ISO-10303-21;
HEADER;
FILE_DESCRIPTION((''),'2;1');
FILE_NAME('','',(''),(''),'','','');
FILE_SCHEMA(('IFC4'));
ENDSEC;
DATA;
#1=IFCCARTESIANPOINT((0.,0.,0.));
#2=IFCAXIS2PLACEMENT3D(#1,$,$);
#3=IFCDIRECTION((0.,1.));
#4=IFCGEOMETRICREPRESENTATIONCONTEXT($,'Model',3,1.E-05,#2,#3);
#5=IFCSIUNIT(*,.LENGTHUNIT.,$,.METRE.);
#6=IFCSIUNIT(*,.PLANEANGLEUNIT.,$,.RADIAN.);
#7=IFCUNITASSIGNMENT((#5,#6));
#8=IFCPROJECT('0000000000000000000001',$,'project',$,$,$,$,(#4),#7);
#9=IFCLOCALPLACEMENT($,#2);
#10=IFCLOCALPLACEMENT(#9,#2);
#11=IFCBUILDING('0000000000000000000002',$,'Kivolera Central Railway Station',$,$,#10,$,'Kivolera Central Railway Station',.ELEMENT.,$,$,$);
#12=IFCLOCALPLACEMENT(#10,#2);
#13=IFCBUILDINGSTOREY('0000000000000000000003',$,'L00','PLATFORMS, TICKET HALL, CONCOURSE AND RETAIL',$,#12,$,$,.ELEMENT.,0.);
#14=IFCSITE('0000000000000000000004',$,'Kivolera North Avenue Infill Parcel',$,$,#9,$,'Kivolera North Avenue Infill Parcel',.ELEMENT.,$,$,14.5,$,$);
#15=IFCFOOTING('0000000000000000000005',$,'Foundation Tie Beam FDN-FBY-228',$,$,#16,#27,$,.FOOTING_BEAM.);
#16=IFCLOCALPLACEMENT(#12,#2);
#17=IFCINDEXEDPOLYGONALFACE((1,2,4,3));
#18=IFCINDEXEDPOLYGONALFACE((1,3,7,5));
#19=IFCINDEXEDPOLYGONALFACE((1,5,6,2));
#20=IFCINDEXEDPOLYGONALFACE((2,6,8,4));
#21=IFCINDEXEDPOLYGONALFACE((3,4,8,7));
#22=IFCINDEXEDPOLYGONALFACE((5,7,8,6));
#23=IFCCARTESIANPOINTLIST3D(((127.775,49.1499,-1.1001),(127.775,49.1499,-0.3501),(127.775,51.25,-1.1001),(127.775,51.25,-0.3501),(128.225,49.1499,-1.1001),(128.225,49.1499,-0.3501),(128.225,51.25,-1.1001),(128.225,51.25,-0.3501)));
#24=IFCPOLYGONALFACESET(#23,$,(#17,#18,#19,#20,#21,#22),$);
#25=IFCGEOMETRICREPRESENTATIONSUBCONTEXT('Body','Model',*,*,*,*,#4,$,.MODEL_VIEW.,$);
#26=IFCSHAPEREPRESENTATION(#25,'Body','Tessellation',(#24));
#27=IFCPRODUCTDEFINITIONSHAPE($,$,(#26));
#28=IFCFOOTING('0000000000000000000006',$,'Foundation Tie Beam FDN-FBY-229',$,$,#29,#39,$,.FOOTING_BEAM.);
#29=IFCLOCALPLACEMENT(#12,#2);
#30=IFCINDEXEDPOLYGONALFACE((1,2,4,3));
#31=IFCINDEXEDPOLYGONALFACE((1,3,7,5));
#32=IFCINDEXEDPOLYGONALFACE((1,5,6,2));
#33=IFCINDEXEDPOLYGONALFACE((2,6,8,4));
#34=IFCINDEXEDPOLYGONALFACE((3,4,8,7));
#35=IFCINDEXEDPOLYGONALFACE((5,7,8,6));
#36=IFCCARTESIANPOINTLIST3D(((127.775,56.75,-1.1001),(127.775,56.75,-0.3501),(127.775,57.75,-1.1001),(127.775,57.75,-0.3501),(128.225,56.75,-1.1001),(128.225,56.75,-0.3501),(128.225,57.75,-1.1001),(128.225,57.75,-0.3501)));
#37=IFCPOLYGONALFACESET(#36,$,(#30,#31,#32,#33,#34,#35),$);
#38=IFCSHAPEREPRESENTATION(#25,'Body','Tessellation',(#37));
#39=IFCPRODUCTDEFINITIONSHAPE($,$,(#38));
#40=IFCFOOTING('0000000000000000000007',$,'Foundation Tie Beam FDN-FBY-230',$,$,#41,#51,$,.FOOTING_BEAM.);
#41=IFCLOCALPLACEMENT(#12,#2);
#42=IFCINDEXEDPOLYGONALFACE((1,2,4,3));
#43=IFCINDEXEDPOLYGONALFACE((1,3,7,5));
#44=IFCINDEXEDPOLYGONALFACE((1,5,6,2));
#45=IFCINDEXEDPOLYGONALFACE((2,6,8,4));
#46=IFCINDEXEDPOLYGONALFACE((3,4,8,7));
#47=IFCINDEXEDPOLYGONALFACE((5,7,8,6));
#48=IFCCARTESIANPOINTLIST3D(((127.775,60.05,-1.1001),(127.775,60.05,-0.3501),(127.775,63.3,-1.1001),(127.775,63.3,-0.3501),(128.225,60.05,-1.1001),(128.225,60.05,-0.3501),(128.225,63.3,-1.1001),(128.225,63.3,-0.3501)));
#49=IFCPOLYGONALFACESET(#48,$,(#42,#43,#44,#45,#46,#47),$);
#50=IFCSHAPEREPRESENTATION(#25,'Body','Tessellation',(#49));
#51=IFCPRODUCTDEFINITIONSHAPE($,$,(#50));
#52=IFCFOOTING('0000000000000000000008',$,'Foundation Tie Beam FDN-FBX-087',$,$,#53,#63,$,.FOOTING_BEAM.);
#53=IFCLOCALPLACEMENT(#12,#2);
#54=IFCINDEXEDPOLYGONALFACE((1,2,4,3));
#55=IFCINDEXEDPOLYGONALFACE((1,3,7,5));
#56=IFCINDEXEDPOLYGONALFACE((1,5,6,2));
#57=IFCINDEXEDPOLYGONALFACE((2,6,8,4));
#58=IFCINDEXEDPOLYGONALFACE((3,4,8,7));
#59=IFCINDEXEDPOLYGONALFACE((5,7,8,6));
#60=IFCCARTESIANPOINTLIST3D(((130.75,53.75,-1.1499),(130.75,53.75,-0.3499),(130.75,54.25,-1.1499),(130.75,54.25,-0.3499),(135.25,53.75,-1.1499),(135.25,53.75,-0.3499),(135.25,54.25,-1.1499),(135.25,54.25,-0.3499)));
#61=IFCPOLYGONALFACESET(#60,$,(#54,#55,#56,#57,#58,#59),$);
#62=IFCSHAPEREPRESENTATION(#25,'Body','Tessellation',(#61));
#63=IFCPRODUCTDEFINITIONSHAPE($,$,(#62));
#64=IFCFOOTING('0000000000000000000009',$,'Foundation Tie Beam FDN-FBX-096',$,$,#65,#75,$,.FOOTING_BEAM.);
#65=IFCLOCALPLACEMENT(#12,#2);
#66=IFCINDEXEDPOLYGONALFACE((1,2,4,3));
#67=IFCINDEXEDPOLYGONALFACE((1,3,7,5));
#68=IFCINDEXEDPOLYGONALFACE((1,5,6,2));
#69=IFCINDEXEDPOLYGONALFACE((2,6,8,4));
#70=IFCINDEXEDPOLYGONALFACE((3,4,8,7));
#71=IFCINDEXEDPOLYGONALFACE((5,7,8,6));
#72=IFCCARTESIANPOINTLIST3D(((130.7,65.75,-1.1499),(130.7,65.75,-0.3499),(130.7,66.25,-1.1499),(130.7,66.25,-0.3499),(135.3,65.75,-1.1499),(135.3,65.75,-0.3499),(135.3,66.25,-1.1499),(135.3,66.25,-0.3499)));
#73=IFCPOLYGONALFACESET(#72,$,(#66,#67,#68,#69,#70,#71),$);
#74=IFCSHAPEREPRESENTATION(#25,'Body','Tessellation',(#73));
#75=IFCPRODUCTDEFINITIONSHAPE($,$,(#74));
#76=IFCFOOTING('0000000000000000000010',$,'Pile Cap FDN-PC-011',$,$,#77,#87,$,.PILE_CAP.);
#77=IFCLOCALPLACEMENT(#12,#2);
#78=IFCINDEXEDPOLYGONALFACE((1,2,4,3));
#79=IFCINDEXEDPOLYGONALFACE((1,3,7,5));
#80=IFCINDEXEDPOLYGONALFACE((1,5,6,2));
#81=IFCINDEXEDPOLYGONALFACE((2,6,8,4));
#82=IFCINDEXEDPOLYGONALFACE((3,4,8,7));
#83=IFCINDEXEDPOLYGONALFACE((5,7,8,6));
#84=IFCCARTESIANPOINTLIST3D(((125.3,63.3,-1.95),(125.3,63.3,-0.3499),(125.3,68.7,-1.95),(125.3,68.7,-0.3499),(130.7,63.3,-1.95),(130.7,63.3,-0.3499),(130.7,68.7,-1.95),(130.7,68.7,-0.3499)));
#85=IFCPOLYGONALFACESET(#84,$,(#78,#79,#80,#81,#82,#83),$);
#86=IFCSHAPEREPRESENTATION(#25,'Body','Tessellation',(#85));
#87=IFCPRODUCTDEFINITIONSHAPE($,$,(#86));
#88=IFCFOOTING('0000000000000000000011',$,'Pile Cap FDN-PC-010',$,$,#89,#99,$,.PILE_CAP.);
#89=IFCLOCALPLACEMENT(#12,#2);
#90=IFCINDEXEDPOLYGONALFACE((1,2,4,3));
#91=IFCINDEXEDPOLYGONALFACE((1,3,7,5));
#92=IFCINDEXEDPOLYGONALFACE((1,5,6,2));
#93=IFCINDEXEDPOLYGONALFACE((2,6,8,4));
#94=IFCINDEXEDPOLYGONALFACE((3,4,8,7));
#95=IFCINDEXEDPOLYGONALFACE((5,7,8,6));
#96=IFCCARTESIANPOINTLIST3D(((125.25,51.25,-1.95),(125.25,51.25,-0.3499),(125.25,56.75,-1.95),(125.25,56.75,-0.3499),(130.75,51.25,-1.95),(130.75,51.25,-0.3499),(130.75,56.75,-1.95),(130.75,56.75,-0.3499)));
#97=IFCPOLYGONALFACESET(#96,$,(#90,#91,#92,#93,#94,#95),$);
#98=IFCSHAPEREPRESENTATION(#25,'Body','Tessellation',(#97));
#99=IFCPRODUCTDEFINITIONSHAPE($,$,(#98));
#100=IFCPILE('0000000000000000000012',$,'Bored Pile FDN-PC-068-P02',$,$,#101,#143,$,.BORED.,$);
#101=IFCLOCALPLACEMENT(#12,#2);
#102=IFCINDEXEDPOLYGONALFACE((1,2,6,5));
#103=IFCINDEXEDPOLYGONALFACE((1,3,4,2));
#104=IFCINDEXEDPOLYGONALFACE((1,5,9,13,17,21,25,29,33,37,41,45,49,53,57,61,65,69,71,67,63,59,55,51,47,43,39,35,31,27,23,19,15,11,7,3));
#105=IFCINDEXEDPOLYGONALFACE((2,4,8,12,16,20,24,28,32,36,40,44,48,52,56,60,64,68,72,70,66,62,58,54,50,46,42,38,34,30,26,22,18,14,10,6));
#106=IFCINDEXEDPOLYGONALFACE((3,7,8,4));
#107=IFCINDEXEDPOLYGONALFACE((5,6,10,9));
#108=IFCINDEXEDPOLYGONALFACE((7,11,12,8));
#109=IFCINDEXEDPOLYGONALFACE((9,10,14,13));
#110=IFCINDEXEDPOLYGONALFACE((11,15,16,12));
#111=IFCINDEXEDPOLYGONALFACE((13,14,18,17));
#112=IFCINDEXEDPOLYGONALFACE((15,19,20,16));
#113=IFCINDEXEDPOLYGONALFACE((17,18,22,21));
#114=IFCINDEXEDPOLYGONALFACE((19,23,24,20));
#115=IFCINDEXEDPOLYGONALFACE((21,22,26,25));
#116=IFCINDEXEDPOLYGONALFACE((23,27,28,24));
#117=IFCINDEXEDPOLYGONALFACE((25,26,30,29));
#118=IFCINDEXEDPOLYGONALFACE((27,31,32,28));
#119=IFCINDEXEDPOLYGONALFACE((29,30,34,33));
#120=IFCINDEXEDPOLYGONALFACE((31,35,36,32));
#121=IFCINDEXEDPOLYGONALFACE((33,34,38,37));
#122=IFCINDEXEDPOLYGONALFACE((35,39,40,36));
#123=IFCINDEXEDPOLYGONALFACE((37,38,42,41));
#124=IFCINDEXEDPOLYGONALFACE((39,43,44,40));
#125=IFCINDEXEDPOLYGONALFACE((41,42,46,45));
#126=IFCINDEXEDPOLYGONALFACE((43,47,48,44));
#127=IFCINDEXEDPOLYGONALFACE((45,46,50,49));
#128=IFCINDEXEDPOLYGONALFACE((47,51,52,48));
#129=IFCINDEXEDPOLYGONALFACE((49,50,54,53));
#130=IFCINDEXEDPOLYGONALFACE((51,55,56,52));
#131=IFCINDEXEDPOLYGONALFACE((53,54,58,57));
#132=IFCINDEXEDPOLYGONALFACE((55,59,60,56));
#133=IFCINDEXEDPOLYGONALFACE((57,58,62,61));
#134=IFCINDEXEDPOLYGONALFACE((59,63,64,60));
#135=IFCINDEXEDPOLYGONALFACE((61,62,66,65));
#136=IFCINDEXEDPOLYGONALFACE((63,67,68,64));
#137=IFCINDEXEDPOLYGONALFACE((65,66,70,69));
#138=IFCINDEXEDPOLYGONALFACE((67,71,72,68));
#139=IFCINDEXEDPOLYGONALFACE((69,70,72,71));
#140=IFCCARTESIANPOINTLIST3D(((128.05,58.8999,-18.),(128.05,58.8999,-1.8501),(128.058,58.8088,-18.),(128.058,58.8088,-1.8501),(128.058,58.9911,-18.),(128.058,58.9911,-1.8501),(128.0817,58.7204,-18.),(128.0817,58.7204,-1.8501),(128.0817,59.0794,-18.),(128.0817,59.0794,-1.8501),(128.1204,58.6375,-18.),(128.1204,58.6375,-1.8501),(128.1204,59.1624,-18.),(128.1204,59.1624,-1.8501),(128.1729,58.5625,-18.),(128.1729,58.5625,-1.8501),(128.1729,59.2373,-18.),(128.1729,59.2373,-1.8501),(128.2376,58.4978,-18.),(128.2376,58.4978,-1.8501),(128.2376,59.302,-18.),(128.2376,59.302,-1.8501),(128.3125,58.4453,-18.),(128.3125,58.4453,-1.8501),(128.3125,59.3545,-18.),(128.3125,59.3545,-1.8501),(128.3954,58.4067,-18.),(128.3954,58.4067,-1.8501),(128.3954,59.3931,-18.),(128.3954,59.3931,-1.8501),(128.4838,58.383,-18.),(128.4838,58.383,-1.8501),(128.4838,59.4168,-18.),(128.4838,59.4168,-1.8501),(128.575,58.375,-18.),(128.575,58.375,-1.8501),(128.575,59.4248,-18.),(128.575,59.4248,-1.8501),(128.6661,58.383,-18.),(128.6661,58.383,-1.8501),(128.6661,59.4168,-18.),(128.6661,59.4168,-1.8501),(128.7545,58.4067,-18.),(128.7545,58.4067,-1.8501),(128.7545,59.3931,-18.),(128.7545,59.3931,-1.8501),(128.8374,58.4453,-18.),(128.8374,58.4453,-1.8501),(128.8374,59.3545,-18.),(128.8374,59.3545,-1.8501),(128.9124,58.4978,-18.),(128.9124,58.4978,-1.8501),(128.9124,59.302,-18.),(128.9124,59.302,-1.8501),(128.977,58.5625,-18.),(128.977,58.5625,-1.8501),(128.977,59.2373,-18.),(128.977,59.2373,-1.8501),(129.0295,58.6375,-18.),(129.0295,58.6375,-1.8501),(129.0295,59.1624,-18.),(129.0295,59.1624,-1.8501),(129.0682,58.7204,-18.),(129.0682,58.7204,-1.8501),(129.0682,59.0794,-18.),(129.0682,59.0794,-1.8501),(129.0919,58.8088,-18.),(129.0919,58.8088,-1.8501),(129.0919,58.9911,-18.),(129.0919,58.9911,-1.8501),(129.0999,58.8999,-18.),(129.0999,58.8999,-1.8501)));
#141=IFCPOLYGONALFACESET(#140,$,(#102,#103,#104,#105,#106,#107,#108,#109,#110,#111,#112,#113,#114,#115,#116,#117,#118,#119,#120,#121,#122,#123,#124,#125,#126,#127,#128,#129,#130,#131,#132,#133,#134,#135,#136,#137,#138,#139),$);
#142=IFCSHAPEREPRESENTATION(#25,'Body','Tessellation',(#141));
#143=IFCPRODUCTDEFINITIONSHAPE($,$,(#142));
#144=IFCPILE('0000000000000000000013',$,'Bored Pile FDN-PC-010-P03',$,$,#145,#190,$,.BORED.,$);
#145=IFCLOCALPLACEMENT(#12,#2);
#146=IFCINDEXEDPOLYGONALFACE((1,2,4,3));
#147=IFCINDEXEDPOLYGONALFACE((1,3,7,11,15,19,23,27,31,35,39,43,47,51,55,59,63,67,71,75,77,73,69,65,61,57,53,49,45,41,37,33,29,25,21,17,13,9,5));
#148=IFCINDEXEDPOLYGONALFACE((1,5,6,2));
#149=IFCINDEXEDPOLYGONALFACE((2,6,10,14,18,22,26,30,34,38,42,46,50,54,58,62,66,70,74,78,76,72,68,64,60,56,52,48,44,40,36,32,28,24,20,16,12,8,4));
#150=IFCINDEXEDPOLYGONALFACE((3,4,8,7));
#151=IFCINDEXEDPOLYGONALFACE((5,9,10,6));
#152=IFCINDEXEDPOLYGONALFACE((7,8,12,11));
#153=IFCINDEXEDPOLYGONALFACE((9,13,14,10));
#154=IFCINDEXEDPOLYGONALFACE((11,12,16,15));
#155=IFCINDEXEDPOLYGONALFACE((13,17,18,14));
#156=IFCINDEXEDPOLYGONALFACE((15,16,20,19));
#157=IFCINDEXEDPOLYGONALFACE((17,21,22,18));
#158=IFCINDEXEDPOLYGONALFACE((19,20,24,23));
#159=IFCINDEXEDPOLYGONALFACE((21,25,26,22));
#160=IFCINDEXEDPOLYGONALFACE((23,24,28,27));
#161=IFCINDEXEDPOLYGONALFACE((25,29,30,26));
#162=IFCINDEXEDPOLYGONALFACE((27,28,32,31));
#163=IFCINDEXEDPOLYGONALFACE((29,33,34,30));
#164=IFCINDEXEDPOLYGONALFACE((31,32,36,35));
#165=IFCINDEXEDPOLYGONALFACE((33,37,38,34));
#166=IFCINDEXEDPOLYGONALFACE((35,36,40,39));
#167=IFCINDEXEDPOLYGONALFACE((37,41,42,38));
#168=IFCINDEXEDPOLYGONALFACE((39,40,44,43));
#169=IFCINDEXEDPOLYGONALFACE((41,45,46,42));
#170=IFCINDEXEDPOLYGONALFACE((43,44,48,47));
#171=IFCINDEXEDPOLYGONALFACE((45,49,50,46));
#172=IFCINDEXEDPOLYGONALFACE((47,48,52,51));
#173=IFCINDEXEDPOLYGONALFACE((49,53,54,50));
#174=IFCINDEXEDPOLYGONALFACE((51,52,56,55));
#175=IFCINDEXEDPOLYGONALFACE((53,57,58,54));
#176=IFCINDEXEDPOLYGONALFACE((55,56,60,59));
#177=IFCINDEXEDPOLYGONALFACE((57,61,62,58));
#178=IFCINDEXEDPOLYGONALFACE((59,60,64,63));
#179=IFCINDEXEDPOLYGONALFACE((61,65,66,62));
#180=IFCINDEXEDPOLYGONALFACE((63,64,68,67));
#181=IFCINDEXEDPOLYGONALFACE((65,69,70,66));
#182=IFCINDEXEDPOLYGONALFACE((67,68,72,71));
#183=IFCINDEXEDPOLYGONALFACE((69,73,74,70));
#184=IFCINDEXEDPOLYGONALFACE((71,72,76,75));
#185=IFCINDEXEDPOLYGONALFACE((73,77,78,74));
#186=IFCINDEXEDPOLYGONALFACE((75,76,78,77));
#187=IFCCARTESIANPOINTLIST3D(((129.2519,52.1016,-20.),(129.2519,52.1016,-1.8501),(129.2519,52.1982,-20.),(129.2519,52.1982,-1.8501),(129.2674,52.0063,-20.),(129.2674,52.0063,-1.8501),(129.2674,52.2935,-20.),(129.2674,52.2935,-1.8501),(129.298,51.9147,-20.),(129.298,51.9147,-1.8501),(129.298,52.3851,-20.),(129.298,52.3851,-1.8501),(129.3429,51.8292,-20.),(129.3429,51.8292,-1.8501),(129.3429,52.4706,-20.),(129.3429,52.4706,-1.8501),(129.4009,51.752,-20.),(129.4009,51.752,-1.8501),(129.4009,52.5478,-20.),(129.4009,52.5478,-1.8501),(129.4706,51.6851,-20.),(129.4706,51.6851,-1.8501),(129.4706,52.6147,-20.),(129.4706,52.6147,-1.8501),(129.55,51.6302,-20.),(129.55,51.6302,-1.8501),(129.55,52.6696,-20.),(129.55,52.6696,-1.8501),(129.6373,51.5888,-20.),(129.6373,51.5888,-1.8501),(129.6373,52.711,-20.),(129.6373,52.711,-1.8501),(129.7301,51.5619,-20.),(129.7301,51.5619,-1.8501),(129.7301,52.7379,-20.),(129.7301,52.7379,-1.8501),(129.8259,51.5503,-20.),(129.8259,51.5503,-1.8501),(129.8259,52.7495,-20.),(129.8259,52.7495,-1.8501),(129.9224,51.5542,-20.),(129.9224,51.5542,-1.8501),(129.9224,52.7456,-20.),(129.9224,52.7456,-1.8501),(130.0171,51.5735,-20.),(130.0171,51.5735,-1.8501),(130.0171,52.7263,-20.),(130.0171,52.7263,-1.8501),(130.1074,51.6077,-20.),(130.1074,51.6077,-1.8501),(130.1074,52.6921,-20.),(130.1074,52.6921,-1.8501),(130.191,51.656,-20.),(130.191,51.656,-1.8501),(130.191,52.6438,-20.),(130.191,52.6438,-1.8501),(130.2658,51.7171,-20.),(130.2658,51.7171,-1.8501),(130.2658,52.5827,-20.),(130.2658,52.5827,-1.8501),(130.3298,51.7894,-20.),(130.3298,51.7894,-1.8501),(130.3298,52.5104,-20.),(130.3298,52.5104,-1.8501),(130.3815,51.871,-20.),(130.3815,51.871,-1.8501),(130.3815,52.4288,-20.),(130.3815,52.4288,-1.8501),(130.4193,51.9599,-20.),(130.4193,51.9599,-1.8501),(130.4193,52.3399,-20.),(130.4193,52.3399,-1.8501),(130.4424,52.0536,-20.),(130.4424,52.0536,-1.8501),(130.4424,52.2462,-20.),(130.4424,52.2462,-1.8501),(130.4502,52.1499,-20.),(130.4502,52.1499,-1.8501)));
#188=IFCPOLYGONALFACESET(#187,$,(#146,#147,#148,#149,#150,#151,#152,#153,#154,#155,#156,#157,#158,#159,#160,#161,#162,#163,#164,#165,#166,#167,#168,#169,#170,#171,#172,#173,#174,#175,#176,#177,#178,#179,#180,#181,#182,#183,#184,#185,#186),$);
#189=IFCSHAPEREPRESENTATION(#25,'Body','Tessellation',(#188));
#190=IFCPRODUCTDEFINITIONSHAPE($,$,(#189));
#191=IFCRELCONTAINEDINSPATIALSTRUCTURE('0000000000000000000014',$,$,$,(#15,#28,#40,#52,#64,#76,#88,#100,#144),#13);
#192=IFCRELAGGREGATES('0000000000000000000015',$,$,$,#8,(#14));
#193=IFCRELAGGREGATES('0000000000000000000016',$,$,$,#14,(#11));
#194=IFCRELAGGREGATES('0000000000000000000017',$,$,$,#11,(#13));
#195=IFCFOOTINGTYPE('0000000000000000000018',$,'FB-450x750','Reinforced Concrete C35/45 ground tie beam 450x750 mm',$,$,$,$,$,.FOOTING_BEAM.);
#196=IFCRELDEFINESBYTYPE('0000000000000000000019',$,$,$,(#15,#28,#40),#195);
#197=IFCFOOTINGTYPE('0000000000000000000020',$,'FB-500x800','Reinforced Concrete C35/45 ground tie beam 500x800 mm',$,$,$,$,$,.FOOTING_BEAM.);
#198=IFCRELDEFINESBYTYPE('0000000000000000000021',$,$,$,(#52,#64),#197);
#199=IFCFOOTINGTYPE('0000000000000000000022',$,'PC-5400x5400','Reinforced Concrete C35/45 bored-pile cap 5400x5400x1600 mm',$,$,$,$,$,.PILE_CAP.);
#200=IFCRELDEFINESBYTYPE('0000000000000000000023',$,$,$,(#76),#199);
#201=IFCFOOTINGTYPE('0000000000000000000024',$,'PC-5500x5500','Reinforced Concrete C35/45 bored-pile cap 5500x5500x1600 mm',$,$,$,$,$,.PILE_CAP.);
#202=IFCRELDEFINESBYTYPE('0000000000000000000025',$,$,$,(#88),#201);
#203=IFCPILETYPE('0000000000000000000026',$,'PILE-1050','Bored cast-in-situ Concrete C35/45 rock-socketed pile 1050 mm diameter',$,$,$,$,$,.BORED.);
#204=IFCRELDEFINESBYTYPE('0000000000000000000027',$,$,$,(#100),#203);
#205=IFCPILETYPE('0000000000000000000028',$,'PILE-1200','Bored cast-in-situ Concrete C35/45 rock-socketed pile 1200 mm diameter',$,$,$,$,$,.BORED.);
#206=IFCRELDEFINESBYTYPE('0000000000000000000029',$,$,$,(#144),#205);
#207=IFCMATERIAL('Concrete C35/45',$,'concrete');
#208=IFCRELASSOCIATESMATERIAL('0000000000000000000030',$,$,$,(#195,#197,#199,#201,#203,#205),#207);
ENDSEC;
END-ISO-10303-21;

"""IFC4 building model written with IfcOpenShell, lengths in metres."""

from ifc_helpers import new_model, si_unit, direction, frame, origin, origin_2d, place, context, subcontext, project, spatial, rectangle, circle, extrude, material, material_profile, profile_set, type_object, element, save


model = new_model("IFC4")

# Units and contexts
model_context = context("Model", 3, precision=1e-05, world=origin(), true_north=direction((0.0, 1.0)))
body_context = subcontext(model_context, "Body", "Model", "MODEL_VIEW")
ifc_project = project(units=[si_unit("LENGTHUNIT", "METRE"), si_unit("PLANEANGLEUNIT", "RADIAN")], contexts=[model_context])

# Site, building, storey
site_placement = place(None, origin())
site = spatial("IfcSite", under=ifc_project, at=site_placement, Name="Kivolera North Avenue Infill Parcel", LongName="Kivolera North Avenue Infill Parcel", CompositionType="ELEMENT", RefElevation=14.5)
building_placement = place(site_placement, origin())
building = spatial("IfcBuilding", under=site, at=building_placement, Name="Kivolera Central Railway Station", LongName="Kivolera Central Railway Station", CompositionType="ELEMENT")
storey_placement = place(building_placement, origin())
storey = spatial("IfcBuildingStorey", under=building, at=storey_placement, Name="L00", Description="PLATFORMS, TICKET HALL, CONCOURSE AND RETAIL", CompositionType="ELEMENT", Elevation=0.0)

# Footings
ifc_material_1 = material(Name="Concrete C35/45", Category="concrete")
footing_type_1 = type_object("IfcFootingType", Name="FB-450x750", Description="Reinforced Concrete C35/45 ground tie beam 450x750 mm", PredefinedType="FOOTING_BEAM", material=ifc_material_1)
footing_1_placement = place(storey_placement, frame((128.0, 50.2, -1.1001), z_axis=(0.0, 0.0, 1.0), x_axis=(1.0, 0.0, 0.0)))
element("IfcFooting", 1, at=footing_1_placement, inside=storey, type_object=footing_type_1, Name="Foundation Tie Beam FDN-FBY-228", PredefinedType="FOOTING_BEAM", context=body_context, shape_type="SweptSolid", body=[
    extrude(rectangle(XDim=0.45, YDim=2.1001, at=origin_2d()), origin(), (0.0, 0.0, 1.0), 0.75),
])
footing_2_placement = place(storey_placement, frame((128.0, 57.25, -1.1001), z_axis=(0.0, 0.0, 1.0), x_axis=(1.0, 0.0, 0.0)))
element("IfcFooting", 2, at=footing_2_placement, inside=storey, type_object=footing_type_1, Name="Foundation Tie Beam FDN-FBY-229", PredefinedType="FOOTING_BEAM", context=body_context, shape_type="SweptSolid", body=[
    extrude(rectangle(XDim=0.45, YDim=1.0, at=origin_2d()), origin(), (0.0, 0.0, 1.0), 0.75),
])
footing_3_placement = place(storey_placement, frame((128.0, 61.675, -1.1001), z_axis=(0.0, 0.0, 1.0), x_axis=(1.0, 0.0, 0.0)))
element("IfcFooting", 3, at=footing_3_placement, inside=storey, type_object=footing_type_1, Name="Foundation Tie Beam FDN-FBY-230", PredefinedType="FOOTING_BEAM", context=body_context, shape_type="SweptSolid", body=[
    extrude(rectangle(XDim=0.45, YDim=3.25, at=origin_2d()), origin(), (0.0, 0.0, 1.0), 0.75),
])
footing_type_2 = type_object("IfcFootingType", Name="FB-500x800", Description="Reinforced Concrete C35/45 ground tie beam 500x800 mm", PredefinedType="FOOTING_BEAM", material=ifc_material_1)
footing_4_placement = place(storey_placement, frame((133.0, 54.0, -1.1499), z_axis=(0.0, 0.0, 1.0), x_axis=(1.0, 0.0, 0.0)))
element("IfcFooting", 4, at=footing_4_placement, inside=storey, type_object=footing_type_2, Name="Foundation Tie Beam FDN-FBX-087", PredefinedType="FOOTING_BEAM", context=body_context, shape_type="SweptSolid", body=[
    extrude(rectangle(XDim=4.5, YDim=0.5, at=origin_2d()), origin(), (0.0, 0.0, 1.0), 0.8),
])
footing_5_placement = place(storey_placement, frame((133.0, 66.0, -1.1499), z_axis=(0.0, 0.0, 1.0), x_axis=(1.0, 0.0, 0.0)))
element("IfcFooting", 5, at=footing_5_placement, inside=storey, type_object=footing_type_2, Name="Foundation Tie Beam FDN-FBX-096", PredefinedType="FOOTING_BEAM", context=body_context, shape_type="SweptSolid", body=[
    extrude(rectangle(XDim=4.6001, YDim=0.5, at=origin_2d()), origin(), (0.0, 0.0, 1.0), 0.8),
])
footing_type_3 = type_object("IfcFootingType", Name="PC-5400x5400", Description="Reinforced Concrete C35/45 bored-pile cap 5400x5400x1600 mm", PredefinedType="PILE_CAP", material=ifc_material_1)
footing_6_placement = place(storey_placement, frame((128.0, 66.0, -1.95), z_axis=(0.0, 0.0, 1.0), x_axis=(1.0, 0.0, 0.0)))
element("IfcFooting", 6, at=footing_6_placement, inside=storey, type_object=footing_type_3, Name="Pile Cap FDN-PC-011", PredefinedType="PILE_CAP", context=body_context, shape_type="SweptSolid", body=[
    extrude(rectangle(XDim=5.3999, YDim=5.3999, at=origin_2d()), origin(), (0.0, 0.0, 1.0), 1.6001),
])
footing_type_4 = type_object("IfcFootingType", Name="PC-5500x5500", Description="Reinforced Concrete C35/45 bored-pile cap 5500x5500x1600 mm", PredefinedType="PILE_CAP", material=ifc_material_1)
footing_7_placement = place(storey_placement, frame((128.0, 54.0, -1.95), z_axis=(0.0, 0.0, 1.0), x_axis=(1.0, 0.0, 0.0)))
element("IfcFooting", 7, at=footing_7_placement, inside=storey, type_object=footing_type_4, Name="Pile Cap FDN-PC-010", PredefinedType="PILE_CAP", context=body_context, shape_type="SweptSolid", body=[
    extrude(rectangle(XDim=5.5, YDim=5.5, at=origin_2d()), origin(), (0.0, 0.0, 1.0), 1.6001),
])

# Piles
ifc_material_profile_1 = material_profile(ifc_material_1, circle(Radius=0.5249, at=origin_2d()), Name="PILE D1050")
ifc_profile_set_1 = profile_set([ifc_material_profile_1], Name="Concrete C35/45")
pile_type_1 = type_object("IfcPileType", Name="PILE-1050", Description="Bored cast-in-situ Concrete C35/45 rock-socketed pile 1050 mm diameter", PredefinedType="BORED", material=ifc_profile_set_1)
pile_placement = place(storey_placement, frame((128.575, 58.8999, -1.8501), z_axis=(0.0, 0.0, -1.0), x_axis=(1.0, 0.0, 0.0)))
element("IfcPile", 8, at=pile_placement, inside=storey, type_object=pile_type_1, Name="Bored Pile FDN-PC-068-P02", PredefinedType="BORED", context=body_context, shape_type="SweptSolid", body=[
    extrude(circle(Radius=0.5249, at=origin_2d()), origin(), (0.0, 0.0, 1.0), 16.1499),
])
ifc_material_profile_2 = material_profile(ifc_material_1, circle(Radius=0.6001, at=origin_2d()), Name="PILE D1200")
ifc_profile_set_2 = profile_set([ifc_material_profile_2], Name="Concrete C35/45")
pile_type_2 = type_object("IfcPileType", Name="PILE-1200", Description="Bored cast-in-situ Concrete C35/45 rock-socketed pile 1200 mm diameter", PredefinedType="BORED", material=ifc_profile_set_2)
for number, where, z_axis, x_axis, name in (
    (9, (129.8501, 52.1499, -1.8501), (0.0, 0.0, -1.0), (1.0, 0.0, 0.0), "Bored Pile FDN-PC-010-P03"),
):
    element("IfcPile", number, at=place(storey_placement, frame(where, z_axis=z_axis, x_axis=x_axis)), inside=storey, type_object=pile_type_2, Name=name, PredefinedType="BORED", context=body_context, shape_type="SweptSolid", body=[
        extrude(circle(Radius=0.6001, at=origin_2d()), origin(), (0.0, 0.0, 1.0), 18.1499),
    ])

save(model, "model.ifc")
